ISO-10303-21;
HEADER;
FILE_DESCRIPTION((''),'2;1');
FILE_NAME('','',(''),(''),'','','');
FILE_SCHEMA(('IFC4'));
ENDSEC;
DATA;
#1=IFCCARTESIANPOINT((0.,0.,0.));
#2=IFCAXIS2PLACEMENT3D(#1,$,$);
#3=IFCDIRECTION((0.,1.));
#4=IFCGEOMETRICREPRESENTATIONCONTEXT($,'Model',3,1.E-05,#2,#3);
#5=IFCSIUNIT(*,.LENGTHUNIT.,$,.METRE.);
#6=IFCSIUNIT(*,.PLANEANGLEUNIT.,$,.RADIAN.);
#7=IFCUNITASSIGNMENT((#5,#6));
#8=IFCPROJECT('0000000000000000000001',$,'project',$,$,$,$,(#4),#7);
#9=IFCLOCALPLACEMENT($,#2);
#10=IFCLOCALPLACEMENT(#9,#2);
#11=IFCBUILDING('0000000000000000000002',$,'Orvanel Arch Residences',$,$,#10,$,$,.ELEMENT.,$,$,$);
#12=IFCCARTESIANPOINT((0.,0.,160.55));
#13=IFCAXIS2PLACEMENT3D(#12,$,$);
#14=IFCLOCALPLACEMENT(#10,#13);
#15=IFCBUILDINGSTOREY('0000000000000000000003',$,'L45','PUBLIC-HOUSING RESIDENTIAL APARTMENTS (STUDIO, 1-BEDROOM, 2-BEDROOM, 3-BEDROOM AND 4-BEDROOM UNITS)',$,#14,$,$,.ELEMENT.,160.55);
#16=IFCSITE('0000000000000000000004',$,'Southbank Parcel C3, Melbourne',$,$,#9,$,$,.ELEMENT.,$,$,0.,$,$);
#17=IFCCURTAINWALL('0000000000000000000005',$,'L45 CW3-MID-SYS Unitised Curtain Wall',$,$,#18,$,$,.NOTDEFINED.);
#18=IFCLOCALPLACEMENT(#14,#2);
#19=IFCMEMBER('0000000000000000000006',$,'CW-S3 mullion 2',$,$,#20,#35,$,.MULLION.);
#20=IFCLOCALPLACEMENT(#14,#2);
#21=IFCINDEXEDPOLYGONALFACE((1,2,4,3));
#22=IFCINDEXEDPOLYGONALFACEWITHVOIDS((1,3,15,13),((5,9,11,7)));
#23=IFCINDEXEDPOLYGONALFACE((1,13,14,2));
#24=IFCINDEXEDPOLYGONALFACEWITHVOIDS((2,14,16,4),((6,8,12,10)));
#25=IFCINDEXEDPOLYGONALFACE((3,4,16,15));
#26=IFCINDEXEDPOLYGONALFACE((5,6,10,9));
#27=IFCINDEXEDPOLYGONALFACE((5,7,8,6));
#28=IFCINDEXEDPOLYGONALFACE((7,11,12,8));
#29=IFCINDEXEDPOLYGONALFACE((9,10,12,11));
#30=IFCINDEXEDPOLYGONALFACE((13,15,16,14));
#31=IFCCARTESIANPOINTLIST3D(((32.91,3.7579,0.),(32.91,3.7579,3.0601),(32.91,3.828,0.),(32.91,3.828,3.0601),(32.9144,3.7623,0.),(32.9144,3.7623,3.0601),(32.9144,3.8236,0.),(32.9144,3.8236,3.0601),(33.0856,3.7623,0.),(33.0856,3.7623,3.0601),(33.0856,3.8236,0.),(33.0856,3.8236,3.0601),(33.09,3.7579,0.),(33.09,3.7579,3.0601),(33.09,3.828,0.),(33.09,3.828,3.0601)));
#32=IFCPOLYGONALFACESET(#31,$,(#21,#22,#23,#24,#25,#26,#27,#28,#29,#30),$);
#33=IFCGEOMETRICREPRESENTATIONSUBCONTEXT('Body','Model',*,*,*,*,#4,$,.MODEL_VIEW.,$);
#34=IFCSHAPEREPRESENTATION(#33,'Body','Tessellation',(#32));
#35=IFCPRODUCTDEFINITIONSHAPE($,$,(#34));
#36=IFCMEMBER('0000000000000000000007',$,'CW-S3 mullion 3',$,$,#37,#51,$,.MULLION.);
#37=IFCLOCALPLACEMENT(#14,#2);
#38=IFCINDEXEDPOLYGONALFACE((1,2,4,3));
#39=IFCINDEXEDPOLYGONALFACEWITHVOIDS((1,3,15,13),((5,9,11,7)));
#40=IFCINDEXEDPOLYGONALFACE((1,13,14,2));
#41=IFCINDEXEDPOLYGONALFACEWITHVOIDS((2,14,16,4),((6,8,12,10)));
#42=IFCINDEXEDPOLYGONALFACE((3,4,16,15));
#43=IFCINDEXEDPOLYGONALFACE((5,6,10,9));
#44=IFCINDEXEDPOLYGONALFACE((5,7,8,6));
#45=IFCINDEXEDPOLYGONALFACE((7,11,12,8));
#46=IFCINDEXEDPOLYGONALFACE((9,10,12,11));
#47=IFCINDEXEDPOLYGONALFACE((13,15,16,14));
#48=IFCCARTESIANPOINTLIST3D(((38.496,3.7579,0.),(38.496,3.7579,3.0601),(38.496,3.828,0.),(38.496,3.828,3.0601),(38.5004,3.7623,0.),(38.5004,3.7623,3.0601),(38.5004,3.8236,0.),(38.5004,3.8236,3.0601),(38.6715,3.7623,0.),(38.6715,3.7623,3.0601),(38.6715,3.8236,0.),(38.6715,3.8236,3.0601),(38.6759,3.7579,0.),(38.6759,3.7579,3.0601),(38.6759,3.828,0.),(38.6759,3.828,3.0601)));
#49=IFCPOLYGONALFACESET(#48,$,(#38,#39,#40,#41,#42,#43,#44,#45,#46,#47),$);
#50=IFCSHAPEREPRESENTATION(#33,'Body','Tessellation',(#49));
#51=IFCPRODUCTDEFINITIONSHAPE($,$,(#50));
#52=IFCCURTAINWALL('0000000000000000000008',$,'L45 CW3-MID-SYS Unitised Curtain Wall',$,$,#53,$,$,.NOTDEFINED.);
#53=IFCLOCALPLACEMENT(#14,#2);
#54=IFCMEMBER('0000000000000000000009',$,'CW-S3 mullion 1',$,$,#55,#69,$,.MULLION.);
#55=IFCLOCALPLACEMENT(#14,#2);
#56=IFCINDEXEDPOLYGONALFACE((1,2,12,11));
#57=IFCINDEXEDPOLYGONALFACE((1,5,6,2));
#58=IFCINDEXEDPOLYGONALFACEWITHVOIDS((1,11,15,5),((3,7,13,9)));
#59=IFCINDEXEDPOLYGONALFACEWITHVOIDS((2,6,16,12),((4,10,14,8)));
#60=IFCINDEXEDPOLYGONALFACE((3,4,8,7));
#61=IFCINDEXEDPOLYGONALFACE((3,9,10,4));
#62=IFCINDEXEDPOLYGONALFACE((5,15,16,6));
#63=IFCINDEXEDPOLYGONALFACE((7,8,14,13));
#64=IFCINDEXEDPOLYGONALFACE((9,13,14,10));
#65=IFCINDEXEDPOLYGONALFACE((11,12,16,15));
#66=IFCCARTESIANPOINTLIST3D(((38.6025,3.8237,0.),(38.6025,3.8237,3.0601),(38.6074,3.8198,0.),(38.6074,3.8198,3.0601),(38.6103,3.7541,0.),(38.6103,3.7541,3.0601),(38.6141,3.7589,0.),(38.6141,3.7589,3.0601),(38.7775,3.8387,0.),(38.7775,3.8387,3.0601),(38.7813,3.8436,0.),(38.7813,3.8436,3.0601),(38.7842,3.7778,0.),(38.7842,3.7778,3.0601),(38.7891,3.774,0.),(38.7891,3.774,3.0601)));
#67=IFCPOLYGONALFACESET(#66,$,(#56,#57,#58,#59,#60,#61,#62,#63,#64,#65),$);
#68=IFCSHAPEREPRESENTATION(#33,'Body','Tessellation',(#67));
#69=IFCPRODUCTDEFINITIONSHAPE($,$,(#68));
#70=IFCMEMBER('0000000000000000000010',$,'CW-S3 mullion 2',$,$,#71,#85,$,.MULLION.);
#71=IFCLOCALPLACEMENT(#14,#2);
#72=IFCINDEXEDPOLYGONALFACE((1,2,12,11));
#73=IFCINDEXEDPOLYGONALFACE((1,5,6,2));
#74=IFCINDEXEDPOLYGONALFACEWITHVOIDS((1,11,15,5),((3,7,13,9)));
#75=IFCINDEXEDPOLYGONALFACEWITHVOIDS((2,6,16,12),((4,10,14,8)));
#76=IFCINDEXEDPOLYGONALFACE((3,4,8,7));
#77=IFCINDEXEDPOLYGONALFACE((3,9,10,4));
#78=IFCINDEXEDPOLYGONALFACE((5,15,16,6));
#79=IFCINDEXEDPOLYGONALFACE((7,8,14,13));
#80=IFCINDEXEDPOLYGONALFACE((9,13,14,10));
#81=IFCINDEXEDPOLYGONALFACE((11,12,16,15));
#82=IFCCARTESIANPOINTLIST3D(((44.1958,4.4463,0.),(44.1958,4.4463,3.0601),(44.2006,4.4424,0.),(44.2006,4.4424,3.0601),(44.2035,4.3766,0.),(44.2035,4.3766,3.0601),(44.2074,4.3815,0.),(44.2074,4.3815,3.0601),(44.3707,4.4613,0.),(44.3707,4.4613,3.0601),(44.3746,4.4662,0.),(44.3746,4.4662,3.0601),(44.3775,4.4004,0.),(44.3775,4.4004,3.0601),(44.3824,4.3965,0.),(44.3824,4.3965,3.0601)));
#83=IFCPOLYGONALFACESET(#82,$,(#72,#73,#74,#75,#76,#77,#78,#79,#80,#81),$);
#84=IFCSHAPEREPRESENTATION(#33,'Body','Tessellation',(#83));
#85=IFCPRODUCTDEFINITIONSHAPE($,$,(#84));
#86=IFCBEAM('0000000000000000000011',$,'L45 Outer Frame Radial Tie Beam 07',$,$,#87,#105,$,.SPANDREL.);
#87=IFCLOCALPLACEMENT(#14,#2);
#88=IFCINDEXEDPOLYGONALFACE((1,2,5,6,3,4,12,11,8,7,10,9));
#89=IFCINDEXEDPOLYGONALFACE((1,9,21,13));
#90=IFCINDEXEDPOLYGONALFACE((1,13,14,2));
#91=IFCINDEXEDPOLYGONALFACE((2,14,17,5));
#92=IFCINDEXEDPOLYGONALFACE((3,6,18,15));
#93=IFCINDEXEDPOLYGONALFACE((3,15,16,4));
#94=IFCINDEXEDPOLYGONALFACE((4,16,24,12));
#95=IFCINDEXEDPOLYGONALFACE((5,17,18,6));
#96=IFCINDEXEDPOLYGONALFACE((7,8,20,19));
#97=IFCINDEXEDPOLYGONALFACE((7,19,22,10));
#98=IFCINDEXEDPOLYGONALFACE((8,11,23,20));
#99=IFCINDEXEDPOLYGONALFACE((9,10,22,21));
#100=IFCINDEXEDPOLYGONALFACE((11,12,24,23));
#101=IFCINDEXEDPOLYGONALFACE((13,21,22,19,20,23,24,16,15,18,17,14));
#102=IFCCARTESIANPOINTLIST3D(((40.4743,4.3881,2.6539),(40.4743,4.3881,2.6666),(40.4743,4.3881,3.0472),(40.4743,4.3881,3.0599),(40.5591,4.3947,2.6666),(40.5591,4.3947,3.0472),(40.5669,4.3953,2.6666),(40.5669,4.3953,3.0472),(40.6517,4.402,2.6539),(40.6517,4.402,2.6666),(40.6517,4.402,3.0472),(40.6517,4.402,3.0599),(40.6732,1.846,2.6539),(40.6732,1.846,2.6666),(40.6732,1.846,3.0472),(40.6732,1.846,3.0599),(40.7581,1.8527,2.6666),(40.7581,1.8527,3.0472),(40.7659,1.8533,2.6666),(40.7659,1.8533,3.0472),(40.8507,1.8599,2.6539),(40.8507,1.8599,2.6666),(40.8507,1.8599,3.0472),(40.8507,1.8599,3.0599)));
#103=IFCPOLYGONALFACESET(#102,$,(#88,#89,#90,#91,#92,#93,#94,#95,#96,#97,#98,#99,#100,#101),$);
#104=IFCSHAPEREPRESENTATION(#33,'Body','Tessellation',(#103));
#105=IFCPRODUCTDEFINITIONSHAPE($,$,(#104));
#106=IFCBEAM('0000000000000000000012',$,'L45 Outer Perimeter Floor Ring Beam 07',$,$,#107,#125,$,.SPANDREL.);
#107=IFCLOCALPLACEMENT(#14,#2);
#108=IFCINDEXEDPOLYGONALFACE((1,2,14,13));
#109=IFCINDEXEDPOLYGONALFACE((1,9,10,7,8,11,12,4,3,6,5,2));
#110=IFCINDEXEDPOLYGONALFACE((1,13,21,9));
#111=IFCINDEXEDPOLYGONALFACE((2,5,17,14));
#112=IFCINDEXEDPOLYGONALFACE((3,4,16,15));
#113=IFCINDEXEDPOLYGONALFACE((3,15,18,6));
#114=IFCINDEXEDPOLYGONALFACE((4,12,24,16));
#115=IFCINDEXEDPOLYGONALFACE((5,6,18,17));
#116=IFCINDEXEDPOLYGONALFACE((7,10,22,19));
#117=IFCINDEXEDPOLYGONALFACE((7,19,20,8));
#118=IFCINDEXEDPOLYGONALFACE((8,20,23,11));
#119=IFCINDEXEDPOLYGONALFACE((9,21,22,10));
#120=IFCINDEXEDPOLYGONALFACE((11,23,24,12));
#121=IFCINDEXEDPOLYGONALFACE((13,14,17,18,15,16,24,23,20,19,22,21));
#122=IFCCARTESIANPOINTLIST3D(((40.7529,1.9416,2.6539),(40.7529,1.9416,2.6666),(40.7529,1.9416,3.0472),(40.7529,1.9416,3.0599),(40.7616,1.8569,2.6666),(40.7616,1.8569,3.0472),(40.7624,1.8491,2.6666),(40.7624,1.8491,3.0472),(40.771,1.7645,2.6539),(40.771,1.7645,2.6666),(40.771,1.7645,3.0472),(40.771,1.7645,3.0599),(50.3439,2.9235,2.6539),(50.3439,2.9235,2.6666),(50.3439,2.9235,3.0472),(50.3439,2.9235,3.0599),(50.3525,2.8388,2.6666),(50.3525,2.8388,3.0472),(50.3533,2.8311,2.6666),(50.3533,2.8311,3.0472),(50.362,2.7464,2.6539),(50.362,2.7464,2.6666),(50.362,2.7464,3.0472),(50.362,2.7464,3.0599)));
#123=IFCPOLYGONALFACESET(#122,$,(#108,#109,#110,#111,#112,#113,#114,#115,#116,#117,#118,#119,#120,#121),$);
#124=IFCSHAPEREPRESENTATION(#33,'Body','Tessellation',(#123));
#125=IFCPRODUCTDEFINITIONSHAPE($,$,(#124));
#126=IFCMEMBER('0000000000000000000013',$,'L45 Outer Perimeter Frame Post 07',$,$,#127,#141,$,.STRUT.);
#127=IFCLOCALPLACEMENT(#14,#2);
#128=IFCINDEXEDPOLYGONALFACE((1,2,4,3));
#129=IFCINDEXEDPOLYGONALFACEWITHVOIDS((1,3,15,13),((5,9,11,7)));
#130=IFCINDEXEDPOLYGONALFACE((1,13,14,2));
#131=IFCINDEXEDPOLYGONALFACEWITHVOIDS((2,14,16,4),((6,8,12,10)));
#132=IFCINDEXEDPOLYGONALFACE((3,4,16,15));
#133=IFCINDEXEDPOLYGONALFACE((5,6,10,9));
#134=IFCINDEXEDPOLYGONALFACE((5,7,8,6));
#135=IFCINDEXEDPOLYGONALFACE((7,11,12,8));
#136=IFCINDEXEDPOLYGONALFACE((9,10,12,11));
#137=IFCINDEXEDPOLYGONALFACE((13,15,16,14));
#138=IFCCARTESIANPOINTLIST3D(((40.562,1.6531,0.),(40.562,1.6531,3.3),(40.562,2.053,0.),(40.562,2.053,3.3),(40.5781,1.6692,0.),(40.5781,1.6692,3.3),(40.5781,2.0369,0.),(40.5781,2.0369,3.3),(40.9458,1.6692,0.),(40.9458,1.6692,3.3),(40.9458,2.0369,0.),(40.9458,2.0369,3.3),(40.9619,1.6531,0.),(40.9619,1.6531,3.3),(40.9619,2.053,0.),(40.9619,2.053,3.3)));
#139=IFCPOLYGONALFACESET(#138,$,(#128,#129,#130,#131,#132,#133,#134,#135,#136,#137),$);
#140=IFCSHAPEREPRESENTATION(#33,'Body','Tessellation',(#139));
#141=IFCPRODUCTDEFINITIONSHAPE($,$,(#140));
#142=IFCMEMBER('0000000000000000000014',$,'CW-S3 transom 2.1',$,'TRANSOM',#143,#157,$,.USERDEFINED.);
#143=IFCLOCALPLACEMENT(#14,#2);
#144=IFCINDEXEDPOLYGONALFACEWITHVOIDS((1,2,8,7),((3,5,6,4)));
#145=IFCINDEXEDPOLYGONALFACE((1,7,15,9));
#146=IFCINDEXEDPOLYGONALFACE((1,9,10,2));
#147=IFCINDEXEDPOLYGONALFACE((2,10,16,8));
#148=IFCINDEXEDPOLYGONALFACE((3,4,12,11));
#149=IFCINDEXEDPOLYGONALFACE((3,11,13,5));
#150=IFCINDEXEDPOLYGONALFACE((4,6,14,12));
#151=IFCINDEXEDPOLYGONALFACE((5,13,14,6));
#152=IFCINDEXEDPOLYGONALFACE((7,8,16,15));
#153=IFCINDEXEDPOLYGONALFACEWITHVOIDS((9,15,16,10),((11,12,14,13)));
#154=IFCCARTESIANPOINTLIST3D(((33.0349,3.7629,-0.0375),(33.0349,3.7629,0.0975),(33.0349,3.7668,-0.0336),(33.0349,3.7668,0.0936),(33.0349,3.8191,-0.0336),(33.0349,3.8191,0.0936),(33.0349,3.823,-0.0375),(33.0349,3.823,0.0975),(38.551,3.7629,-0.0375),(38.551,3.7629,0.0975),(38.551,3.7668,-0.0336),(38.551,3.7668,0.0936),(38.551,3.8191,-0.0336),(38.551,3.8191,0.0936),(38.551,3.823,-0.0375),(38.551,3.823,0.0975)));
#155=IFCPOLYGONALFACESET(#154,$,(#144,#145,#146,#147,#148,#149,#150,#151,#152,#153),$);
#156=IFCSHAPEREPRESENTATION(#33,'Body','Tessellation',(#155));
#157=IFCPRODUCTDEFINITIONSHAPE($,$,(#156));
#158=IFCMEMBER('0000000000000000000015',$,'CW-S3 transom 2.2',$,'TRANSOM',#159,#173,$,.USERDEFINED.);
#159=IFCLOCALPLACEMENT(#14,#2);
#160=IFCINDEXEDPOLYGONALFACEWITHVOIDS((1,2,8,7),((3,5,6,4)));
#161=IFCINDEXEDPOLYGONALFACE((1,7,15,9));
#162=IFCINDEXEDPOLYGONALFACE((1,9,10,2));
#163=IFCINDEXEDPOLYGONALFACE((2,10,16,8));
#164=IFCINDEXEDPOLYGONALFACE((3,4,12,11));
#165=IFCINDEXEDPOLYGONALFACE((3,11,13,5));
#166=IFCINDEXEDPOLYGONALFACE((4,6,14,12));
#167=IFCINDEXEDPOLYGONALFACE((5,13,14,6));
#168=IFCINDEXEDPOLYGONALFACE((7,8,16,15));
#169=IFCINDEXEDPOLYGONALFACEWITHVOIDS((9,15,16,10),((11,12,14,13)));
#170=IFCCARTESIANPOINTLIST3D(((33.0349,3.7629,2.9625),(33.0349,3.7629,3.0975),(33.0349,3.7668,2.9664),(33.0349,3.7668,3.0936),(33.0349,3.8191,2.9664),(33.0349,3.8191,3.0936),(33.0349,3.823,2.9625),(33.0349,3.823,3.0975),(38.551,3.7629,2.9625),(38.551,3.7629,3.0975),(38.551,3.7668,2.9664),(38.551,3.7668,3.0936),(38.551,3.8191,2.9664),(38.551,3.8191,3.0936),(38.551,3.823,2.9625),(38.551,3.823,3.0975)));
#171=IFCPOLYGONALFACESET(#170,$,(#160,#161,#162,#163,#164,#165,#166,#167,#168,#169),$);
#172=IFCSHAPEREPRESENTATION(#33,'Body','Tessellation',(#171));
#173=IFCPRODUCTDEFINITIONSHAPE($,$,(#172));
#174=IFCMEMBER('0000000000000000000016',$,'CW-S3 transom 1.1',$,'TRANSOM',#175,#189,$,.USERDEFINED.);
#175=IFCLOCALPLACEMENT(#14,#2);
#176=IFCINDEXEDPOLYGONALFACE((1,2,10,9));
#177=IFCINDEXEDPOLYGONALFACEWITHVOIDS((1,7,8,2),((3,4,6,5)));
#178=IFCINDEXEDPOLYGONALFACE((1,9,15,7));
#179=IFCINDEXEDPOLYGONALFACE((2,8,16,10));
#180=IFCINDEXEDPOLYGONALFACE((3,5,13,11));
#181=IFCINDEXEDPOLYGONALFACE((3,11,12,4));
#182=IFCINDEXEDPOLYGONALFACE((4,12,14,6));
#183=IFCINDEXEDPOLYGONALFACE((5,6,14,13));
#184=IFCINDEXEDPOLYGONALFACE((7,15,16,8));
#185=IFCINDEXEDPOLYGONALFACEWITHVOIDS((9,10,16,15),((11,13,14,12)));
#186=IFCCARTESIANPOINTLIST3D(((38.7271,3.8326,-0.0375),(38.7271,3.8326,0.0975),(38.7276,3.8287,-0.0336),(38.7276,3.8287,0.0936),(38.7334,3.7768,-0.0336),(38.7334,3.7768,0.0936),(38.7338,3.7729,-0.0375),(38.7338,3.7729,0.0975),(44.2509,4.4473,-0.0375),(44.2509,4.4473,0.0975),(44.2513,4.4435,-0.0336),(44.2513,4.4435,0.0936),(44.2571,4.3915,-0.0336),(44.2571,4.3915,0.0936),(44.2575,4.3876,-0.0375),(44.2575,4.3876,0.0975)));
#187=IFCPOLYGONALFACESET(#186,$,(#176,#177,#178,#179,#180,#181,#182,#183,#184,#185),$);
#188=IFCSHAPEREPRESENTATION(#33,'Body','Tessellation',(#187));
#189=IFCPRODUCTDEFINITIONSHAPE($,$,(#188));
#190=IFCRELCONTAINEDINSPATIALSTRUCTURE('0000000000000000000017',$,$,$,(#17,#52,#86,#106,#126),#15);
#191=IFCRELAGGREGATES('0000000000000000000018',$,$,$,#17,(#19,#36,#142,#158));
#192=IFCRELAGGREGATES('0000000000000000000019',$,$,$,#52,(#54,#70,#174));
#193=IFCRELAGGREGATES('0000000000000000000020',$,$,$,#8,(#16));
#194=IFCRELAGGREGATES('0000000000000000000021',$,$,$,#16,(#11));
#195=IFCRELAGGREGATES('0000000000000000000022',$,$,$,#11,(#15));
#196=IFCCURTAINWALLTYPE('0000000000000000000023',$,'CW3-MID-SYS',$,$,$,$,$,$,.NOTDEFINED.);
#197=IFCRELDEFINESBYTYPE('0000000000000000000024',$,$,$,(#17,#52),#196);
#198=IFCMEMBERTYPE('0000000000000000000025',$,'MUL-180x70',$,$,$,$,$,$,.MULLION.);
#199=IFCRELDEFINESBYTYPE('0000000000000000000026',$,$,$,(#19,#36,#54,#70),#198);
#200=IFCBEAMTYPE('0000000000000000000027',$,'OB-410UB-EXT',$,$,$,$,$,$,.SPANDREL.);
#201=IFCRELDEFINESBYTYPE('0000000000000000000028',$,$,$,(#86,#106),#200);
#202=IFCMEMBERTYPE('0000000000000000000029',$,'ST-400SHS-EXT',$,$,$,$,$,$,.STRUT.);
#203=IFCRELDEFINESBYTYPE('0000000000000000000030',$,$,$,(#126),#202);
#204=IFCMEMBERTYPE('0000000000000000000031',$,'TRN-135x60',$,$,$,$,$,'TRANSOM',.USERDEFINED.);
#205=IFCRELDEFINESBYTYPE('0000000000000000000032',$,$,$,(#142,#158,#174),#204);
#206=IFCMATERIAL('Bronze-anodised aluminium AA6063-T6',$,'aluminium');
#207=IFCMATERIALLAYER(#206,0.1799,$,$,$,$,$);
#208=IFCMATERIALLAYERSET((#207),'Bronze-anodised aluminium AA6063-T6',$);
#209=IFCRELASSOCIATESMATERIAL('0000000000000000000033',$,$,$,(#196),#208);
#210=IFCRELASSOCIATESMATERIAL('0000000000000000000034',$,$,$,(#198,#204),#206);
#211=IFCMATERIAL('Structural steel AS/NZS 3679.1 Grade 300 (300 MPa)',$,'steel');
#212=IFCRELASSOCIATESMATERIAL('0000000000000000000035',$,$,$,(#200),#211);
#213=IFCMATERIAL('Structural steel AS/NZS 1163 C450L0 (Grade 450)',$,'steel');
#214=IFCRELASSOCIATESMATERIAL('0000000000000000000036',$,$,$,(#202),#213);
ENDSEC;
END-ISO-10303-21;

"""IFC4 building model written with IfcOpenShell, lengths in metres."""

from ifc_helpers import new_model, si_unit, direction, frame, origin, origin_2d, place, context, subcontext, project, spatial, hollow_rectangle, i_section, extrude, material, layer, layer_set, material_profile, profile_set, type_object, element, aggregate, save


model = new_model("IFC4")

# Units and contexts
model_context = context("Model", 3, precision=1e-05, world=origin(), true_north=direction((0.0, 1.0)))
body_context = subcontext(model_context, "Body", "Model", "MODEL_VIEW")
ifc_project = project(units=[si_unit("LENGTHUNIT", "METRE"), si_unit("PLANEANGLEUNIT", "RADIAN")], contexts=[model_context])

# Site, building, storey
site_placement = place(None, origin())
site = spatial("IfcSite", under=ifc_project, at=site_placement, Name="Southbank Parcel C3, Melbourne", CompositionType="ELEMENT", RefElevation=0.0)
building_placement = place(site_placement, origin())
building = spatial("IfcBuilding", under=site, at=building_placement, Name="Orvanel Arch Residences", CompositionType="ELEMENT")
storey_placement = place(building_placement, frame((0.0, 0.0, 160.55)))
storey = spatial("IfcBuildingStorey", under=building, at=storey_placement, Name="L45", Description="PUBLIC-HOUSING RESIDENTIAL APARTMENTS (STUDIO, 1-BEDROOM, 2-BEDROOM, 3-BEDROOM AND 4-BEDROOM UNITS)", CompositionType="ELEMENT", Elevation=160.55)

# Curtain walls, members
ifc_material_1 = material(Name="Bronze-anodised aluminium AA6063-T6", Category="aluminium")
ifc_layer_1 = layer(ifc_material_1, 0.1799)
ifc_layer_set_1 = layer_set([ifc_layer_1], Name="Bronze-anodised aluminium AA6063-T6")
curtain_wall_type = type_object("IfcCurtainWallType", Name="CW3-MID-SYS", PredefinedType="NOTDEFINED", material=ifc_layer_set_1)
curtain_wall_1_placement = place(storey_placement, origin())
curtain_wall_1 = element("IfcCurtainWall", 1, at=curtain_wall_1_placement, inside=storey, type_object=curtain_wall_type, Name="L45 CW3-MID-SYS Unitised Curtain Wall", PredefinedType="NOTDEFINED")
ifc_material_profile_1 = material_profile(ifc_material_1, hollow_rectangle(XDim=0.0701, YDim=0.1799, WallThickness=0.0044, at=origin_2d()), Name="ALU180x70x4.5")
ifc_profile_set_1 = profile_set([ifc_material_profile_1], Name="Bronze-anodised aluminium AA6063-T6")
member_type_1 = type_object("IfcMemberType", Name="MUL-180x70", PredefinedType="MULLION", material=ifc_profile_set_1)
member_1_placement = place(storey_placement, frame((33.0, 3.793, 0.0), z_axis=(0.0, 0.0, 1.0), x_axis=(0.0, 1.0, 0.0)))
member_1 = element("IfcMember", 2, at=member_1_placement, type_object=member_type_1, Name="CW-S3 mullion 2", PredefinedType="MULLION", context=body_context, shape_type="SweptSolid", body=[
    extrude(hollow_rectangle(XDim=0.0701, YDim=0.1799, WallThickness=0.0044, at=origin_2d()), origin(), (0.0, 0.0, 1.0), 3.0601),
])
member_2_placement = place(storey_placement, frame((38.5859, 3.793, 0.0), z_axis=(0.0, 0.0, 1.0), x_axis=(0.0, 1.0, 0.0)))
member_2 = element("IfcMember", 3, at=member_2_placement, type_object=member_type_1, Name="CW-S3 mullion 3", PredefinedType="MULLION", context=body_context, shape_type="SweptSolid", body=[
    extrude(hollow_rectangle(XDim=0.0701, YDim=0.1799, WallThickness=0.0044, at=origin_2d()), origin(), (0.0, 0.0, 1.0), 3.0601),
])
curtain_wall_2_placement = place(storey_placement, origin())
curtain_wall_2 = element("IfcCurtainWall", 4, at=curtain_wall_2_placement, inside=storey, type_object=curtain_wall_type, Name="L45 CW3-MID-SYS Unitised Curtain Wall", PredefinedType="NOTDEFINED")
member_3_placement = place(storey_placement, frame((38.6958, 3.7988, 0.0), z_axis=(0.0, 0.0, 1.0), x_axis=(-0.110606, 0.993864, 0.0)))
member_3 = element("IfcMember", 5, at=member_3_placement, type_object=member_type_1, Name="CW-S3 mullion 1", PredefinedType="MULLION", context=body_context, shape_type="SweptSolid", body=[
    extrude(hollow_rectangle(XDim=0.0701, YDim=0.1799, WallThickness=0.0044, at=origin_2d()), origin(), (0.0, 0.0, 1.0), 3.0601),
])
member_4_placement = place(storey_placement, frame((44.2891, 4.4214, 0.0), z_axis=(0.0, 0.0, 1.0), x_axis=(-0.110606, 0.993864, 0.0)))
member_4 = element("IfcMember", 6, at=member_4_placement, type_object=member_type_1, Name="CW-S3 mullion 2", PredefinedType="MULLION", context=body_context, shape_type="SweptSolid", body=[
    extrude(hollow_rectangle(XDim=0.0701, YDim=0.1799, WallThickness=0.0044, at=origin_2d()), origin(), (0.0, 0.0, 1.0), 3.0601),
])

# Beams
ifc_material_2 = material(Name="Structural steel AS/NZS 3679.1 Grade 300 (300 MPa)", Category="steel")
ifc_material_profile_2 = material_profile(ifc_material_2, i_section(OverallWidth=0.178, OverallDepth=0.406, WebThickness=0.0078, FlangeThickness=0.0127, at=origin_2d()), Name="410UB59.7")
ifc_profile_set_2 = profile_set([ifc_material_profile_2], Name="Structural steel AS/NZS 3679.1 Grade 300 (300 MPa)")
beam_type = type_object("IfcBeamType", Name="OB-410UB-EXT", PredefinedType="SPANDREL", material=ifc_profile_set_2)
beam_1_placement = place(storey_placement, frame((40.563, 4.395, 2.8569), z_axis=(0.078036, -0.996951, 0.0), x_axis=(0.996951, 0.078036, 0.0)))
element("IfcBeam", 7, at=beam_1_placement, inside=storey, type_object=beam_type, Name="L45 Outer Frame Radial Tie Beam 07", PredefinedType="SPANDREL", context=body_context, shape_type="SweptSolid", body=[
    extrude(i_section(OverallWidth=0.178, OverallDepth=0.406, WebThickness=0.0078, FlangeThickness=0.0127, at=origin_2d()), origin(), (0.0, 0.0, 1.0), 2.5498),
])
beam_2_placement = place(storey_placement, frame((40.762, 1.853, 2.8569), z_axis=(0.9948, 0.101848, 0.0), x_axis=(-0.101848, 0.9948, 0.0)))
element("IfcBeam", 8, at=beam_2_placement, inside=storey, type_object=beam_type, Name="L45 Outer Perimeter Floor Ring Beam 07", PredefinedType="SPANDREL", context=body_context, shape_type="SweptSolid", body=[
    extrude(i_section(OverallWidth=0.178, OverallDepth=0.406, WebThickness=0.0078, FlangeThickness=0.0127, at=origin_2d()), origin(), (0.0, 0.0, 1.0), 9.6411),
])

# Members
ifc_material_3 = material(Name="Structural steel AS/NZS 1163 C450L0 (Grade 450)", Category="steel")
ifc_material_profile_3 = material_profile(ifc_material_3, hollow_rectangle(XDim=0.3999, YDim=0.3999, WallThickness=0.0161, at=origin_2d()), Name="SHS400x400x16")
ifc_profile_set_3 = profile_set([ifc_material_profile_3], Name="Structural steel AS/NZS 1163 C450L0 (Grade 450)")
member_type_2 = type_object("IfcMemberType", Name="ST-400SHS-EXT", PredefinedType="STRUT", material=ifc_profile_set_3)
member_5_placement = place(storey_placement, frame((40.762, 1.853, 0.0), z_axis=(0.0, 0.0, 1.0), x_axis=(1.0, 0.0, 0.0)))
element("IfcMember", 9, at=member_5_placement, inside=storey, type_object=member_type_2, Name="L45 Outer Perimeter Frame Post 07", PredefinedType="STRUT", context=body_context, shape_type="SweptSolid", body=[
    extrude(hollow_rectangle(XDim=0.3999, YDim=0.3999, WallThickness=0.0161, at=origin_2d()), origin(), (0.0, 0.0, 1.0), 3.3),
])
ifc_material_profile_4 = material_profile(ifc_material_1, hollow_rectangle(XDim=0.0601, YDim=0.135, WallThickness=0.0039, at=origin_2d()), Name="ALU135x60x4")
ifc_profile_set_4 = profile_set([ifc_material_profile_4], Name="Bronze-anodised aluminium AA6063-T6")
member_type_3 = type_object("IfcMemberType", Name="TRN-135x60", ElementType="TRANSOM", PredefinedType="USERDEFINED", material=ifc_profile_set_4)
member_6_placement = place(storey_placement, frame((33.0349, 3.793, 0.03), z_axis=(1.0, 0.0, 0.0), x_axis=(0.0, 1.0, 0.0)))
member_6 = element("IfcMember", 10, at=member_6_placement, type_object=member_type_3, Name="CW-S3 transom 2.1", ObjectType="TRANSOM", PredefinedType="USERDEFINED", context=body_context, shape_type="SweptSolid", body=[
    extrude(hollow_rectangle(XDim=0.0601, YDim=0.135, WallThickness=0.0039, at=origin_2d()), origin(), (0.0, 0.0, 1.0), 5.5161),
])
member_7_placement = place(storey_placement, frame((33.0349, 3.793, 3.03), z_axis=(1.0, 0.0, 0.0), x_axis=(0.0, 1.0, 0.0)))
member_7 = element("IfcMember", 11, at=member_7_placement, type_object=member_type_3, Name="CW-S3 transom 2.2", ObjectType="TRANSOM", PredefinedType="USERDEFINED", context=body_context, shape_type="SweptSolid", body=[
    extrude(hollow_rectangle(XDim=0.0601, YDim=0.135, WallThickness=0.0039, at=origin_2d()), origin(), (0.0, 0.0, 1.0), 5.5161),
])
member_8_placement = place(storey_placement, frame((38.7305, 3.8027, 0.03), z_axis=(0.993864, 0.11061, 0.0), x_axis=(-0.11061, 0.993864, 0.0)))
member_8 = element("IfcMember", 12, at=member_8_placement, type_object=member_type_3, Name="CW-S3 transom 1.1", ObjectType="TRANSOM", PredefinedType="USERDEFINED", context=body_context, shape_type="SweptSolid", body=[
    extrude(hollow_rectangle(XDim=0.0601, YDim=0.135, WallThickness=0.0039, at=origin_2d()), origin(), (0.0, 0.0, 1.0), 5.5579),
])

aggregate(curtain_wall_1, [member_1, member_2, member_6, member_7])
aggregate(curtain_wall_2, [member_3, member_4, member_8])

save(model, "model.ifc")
